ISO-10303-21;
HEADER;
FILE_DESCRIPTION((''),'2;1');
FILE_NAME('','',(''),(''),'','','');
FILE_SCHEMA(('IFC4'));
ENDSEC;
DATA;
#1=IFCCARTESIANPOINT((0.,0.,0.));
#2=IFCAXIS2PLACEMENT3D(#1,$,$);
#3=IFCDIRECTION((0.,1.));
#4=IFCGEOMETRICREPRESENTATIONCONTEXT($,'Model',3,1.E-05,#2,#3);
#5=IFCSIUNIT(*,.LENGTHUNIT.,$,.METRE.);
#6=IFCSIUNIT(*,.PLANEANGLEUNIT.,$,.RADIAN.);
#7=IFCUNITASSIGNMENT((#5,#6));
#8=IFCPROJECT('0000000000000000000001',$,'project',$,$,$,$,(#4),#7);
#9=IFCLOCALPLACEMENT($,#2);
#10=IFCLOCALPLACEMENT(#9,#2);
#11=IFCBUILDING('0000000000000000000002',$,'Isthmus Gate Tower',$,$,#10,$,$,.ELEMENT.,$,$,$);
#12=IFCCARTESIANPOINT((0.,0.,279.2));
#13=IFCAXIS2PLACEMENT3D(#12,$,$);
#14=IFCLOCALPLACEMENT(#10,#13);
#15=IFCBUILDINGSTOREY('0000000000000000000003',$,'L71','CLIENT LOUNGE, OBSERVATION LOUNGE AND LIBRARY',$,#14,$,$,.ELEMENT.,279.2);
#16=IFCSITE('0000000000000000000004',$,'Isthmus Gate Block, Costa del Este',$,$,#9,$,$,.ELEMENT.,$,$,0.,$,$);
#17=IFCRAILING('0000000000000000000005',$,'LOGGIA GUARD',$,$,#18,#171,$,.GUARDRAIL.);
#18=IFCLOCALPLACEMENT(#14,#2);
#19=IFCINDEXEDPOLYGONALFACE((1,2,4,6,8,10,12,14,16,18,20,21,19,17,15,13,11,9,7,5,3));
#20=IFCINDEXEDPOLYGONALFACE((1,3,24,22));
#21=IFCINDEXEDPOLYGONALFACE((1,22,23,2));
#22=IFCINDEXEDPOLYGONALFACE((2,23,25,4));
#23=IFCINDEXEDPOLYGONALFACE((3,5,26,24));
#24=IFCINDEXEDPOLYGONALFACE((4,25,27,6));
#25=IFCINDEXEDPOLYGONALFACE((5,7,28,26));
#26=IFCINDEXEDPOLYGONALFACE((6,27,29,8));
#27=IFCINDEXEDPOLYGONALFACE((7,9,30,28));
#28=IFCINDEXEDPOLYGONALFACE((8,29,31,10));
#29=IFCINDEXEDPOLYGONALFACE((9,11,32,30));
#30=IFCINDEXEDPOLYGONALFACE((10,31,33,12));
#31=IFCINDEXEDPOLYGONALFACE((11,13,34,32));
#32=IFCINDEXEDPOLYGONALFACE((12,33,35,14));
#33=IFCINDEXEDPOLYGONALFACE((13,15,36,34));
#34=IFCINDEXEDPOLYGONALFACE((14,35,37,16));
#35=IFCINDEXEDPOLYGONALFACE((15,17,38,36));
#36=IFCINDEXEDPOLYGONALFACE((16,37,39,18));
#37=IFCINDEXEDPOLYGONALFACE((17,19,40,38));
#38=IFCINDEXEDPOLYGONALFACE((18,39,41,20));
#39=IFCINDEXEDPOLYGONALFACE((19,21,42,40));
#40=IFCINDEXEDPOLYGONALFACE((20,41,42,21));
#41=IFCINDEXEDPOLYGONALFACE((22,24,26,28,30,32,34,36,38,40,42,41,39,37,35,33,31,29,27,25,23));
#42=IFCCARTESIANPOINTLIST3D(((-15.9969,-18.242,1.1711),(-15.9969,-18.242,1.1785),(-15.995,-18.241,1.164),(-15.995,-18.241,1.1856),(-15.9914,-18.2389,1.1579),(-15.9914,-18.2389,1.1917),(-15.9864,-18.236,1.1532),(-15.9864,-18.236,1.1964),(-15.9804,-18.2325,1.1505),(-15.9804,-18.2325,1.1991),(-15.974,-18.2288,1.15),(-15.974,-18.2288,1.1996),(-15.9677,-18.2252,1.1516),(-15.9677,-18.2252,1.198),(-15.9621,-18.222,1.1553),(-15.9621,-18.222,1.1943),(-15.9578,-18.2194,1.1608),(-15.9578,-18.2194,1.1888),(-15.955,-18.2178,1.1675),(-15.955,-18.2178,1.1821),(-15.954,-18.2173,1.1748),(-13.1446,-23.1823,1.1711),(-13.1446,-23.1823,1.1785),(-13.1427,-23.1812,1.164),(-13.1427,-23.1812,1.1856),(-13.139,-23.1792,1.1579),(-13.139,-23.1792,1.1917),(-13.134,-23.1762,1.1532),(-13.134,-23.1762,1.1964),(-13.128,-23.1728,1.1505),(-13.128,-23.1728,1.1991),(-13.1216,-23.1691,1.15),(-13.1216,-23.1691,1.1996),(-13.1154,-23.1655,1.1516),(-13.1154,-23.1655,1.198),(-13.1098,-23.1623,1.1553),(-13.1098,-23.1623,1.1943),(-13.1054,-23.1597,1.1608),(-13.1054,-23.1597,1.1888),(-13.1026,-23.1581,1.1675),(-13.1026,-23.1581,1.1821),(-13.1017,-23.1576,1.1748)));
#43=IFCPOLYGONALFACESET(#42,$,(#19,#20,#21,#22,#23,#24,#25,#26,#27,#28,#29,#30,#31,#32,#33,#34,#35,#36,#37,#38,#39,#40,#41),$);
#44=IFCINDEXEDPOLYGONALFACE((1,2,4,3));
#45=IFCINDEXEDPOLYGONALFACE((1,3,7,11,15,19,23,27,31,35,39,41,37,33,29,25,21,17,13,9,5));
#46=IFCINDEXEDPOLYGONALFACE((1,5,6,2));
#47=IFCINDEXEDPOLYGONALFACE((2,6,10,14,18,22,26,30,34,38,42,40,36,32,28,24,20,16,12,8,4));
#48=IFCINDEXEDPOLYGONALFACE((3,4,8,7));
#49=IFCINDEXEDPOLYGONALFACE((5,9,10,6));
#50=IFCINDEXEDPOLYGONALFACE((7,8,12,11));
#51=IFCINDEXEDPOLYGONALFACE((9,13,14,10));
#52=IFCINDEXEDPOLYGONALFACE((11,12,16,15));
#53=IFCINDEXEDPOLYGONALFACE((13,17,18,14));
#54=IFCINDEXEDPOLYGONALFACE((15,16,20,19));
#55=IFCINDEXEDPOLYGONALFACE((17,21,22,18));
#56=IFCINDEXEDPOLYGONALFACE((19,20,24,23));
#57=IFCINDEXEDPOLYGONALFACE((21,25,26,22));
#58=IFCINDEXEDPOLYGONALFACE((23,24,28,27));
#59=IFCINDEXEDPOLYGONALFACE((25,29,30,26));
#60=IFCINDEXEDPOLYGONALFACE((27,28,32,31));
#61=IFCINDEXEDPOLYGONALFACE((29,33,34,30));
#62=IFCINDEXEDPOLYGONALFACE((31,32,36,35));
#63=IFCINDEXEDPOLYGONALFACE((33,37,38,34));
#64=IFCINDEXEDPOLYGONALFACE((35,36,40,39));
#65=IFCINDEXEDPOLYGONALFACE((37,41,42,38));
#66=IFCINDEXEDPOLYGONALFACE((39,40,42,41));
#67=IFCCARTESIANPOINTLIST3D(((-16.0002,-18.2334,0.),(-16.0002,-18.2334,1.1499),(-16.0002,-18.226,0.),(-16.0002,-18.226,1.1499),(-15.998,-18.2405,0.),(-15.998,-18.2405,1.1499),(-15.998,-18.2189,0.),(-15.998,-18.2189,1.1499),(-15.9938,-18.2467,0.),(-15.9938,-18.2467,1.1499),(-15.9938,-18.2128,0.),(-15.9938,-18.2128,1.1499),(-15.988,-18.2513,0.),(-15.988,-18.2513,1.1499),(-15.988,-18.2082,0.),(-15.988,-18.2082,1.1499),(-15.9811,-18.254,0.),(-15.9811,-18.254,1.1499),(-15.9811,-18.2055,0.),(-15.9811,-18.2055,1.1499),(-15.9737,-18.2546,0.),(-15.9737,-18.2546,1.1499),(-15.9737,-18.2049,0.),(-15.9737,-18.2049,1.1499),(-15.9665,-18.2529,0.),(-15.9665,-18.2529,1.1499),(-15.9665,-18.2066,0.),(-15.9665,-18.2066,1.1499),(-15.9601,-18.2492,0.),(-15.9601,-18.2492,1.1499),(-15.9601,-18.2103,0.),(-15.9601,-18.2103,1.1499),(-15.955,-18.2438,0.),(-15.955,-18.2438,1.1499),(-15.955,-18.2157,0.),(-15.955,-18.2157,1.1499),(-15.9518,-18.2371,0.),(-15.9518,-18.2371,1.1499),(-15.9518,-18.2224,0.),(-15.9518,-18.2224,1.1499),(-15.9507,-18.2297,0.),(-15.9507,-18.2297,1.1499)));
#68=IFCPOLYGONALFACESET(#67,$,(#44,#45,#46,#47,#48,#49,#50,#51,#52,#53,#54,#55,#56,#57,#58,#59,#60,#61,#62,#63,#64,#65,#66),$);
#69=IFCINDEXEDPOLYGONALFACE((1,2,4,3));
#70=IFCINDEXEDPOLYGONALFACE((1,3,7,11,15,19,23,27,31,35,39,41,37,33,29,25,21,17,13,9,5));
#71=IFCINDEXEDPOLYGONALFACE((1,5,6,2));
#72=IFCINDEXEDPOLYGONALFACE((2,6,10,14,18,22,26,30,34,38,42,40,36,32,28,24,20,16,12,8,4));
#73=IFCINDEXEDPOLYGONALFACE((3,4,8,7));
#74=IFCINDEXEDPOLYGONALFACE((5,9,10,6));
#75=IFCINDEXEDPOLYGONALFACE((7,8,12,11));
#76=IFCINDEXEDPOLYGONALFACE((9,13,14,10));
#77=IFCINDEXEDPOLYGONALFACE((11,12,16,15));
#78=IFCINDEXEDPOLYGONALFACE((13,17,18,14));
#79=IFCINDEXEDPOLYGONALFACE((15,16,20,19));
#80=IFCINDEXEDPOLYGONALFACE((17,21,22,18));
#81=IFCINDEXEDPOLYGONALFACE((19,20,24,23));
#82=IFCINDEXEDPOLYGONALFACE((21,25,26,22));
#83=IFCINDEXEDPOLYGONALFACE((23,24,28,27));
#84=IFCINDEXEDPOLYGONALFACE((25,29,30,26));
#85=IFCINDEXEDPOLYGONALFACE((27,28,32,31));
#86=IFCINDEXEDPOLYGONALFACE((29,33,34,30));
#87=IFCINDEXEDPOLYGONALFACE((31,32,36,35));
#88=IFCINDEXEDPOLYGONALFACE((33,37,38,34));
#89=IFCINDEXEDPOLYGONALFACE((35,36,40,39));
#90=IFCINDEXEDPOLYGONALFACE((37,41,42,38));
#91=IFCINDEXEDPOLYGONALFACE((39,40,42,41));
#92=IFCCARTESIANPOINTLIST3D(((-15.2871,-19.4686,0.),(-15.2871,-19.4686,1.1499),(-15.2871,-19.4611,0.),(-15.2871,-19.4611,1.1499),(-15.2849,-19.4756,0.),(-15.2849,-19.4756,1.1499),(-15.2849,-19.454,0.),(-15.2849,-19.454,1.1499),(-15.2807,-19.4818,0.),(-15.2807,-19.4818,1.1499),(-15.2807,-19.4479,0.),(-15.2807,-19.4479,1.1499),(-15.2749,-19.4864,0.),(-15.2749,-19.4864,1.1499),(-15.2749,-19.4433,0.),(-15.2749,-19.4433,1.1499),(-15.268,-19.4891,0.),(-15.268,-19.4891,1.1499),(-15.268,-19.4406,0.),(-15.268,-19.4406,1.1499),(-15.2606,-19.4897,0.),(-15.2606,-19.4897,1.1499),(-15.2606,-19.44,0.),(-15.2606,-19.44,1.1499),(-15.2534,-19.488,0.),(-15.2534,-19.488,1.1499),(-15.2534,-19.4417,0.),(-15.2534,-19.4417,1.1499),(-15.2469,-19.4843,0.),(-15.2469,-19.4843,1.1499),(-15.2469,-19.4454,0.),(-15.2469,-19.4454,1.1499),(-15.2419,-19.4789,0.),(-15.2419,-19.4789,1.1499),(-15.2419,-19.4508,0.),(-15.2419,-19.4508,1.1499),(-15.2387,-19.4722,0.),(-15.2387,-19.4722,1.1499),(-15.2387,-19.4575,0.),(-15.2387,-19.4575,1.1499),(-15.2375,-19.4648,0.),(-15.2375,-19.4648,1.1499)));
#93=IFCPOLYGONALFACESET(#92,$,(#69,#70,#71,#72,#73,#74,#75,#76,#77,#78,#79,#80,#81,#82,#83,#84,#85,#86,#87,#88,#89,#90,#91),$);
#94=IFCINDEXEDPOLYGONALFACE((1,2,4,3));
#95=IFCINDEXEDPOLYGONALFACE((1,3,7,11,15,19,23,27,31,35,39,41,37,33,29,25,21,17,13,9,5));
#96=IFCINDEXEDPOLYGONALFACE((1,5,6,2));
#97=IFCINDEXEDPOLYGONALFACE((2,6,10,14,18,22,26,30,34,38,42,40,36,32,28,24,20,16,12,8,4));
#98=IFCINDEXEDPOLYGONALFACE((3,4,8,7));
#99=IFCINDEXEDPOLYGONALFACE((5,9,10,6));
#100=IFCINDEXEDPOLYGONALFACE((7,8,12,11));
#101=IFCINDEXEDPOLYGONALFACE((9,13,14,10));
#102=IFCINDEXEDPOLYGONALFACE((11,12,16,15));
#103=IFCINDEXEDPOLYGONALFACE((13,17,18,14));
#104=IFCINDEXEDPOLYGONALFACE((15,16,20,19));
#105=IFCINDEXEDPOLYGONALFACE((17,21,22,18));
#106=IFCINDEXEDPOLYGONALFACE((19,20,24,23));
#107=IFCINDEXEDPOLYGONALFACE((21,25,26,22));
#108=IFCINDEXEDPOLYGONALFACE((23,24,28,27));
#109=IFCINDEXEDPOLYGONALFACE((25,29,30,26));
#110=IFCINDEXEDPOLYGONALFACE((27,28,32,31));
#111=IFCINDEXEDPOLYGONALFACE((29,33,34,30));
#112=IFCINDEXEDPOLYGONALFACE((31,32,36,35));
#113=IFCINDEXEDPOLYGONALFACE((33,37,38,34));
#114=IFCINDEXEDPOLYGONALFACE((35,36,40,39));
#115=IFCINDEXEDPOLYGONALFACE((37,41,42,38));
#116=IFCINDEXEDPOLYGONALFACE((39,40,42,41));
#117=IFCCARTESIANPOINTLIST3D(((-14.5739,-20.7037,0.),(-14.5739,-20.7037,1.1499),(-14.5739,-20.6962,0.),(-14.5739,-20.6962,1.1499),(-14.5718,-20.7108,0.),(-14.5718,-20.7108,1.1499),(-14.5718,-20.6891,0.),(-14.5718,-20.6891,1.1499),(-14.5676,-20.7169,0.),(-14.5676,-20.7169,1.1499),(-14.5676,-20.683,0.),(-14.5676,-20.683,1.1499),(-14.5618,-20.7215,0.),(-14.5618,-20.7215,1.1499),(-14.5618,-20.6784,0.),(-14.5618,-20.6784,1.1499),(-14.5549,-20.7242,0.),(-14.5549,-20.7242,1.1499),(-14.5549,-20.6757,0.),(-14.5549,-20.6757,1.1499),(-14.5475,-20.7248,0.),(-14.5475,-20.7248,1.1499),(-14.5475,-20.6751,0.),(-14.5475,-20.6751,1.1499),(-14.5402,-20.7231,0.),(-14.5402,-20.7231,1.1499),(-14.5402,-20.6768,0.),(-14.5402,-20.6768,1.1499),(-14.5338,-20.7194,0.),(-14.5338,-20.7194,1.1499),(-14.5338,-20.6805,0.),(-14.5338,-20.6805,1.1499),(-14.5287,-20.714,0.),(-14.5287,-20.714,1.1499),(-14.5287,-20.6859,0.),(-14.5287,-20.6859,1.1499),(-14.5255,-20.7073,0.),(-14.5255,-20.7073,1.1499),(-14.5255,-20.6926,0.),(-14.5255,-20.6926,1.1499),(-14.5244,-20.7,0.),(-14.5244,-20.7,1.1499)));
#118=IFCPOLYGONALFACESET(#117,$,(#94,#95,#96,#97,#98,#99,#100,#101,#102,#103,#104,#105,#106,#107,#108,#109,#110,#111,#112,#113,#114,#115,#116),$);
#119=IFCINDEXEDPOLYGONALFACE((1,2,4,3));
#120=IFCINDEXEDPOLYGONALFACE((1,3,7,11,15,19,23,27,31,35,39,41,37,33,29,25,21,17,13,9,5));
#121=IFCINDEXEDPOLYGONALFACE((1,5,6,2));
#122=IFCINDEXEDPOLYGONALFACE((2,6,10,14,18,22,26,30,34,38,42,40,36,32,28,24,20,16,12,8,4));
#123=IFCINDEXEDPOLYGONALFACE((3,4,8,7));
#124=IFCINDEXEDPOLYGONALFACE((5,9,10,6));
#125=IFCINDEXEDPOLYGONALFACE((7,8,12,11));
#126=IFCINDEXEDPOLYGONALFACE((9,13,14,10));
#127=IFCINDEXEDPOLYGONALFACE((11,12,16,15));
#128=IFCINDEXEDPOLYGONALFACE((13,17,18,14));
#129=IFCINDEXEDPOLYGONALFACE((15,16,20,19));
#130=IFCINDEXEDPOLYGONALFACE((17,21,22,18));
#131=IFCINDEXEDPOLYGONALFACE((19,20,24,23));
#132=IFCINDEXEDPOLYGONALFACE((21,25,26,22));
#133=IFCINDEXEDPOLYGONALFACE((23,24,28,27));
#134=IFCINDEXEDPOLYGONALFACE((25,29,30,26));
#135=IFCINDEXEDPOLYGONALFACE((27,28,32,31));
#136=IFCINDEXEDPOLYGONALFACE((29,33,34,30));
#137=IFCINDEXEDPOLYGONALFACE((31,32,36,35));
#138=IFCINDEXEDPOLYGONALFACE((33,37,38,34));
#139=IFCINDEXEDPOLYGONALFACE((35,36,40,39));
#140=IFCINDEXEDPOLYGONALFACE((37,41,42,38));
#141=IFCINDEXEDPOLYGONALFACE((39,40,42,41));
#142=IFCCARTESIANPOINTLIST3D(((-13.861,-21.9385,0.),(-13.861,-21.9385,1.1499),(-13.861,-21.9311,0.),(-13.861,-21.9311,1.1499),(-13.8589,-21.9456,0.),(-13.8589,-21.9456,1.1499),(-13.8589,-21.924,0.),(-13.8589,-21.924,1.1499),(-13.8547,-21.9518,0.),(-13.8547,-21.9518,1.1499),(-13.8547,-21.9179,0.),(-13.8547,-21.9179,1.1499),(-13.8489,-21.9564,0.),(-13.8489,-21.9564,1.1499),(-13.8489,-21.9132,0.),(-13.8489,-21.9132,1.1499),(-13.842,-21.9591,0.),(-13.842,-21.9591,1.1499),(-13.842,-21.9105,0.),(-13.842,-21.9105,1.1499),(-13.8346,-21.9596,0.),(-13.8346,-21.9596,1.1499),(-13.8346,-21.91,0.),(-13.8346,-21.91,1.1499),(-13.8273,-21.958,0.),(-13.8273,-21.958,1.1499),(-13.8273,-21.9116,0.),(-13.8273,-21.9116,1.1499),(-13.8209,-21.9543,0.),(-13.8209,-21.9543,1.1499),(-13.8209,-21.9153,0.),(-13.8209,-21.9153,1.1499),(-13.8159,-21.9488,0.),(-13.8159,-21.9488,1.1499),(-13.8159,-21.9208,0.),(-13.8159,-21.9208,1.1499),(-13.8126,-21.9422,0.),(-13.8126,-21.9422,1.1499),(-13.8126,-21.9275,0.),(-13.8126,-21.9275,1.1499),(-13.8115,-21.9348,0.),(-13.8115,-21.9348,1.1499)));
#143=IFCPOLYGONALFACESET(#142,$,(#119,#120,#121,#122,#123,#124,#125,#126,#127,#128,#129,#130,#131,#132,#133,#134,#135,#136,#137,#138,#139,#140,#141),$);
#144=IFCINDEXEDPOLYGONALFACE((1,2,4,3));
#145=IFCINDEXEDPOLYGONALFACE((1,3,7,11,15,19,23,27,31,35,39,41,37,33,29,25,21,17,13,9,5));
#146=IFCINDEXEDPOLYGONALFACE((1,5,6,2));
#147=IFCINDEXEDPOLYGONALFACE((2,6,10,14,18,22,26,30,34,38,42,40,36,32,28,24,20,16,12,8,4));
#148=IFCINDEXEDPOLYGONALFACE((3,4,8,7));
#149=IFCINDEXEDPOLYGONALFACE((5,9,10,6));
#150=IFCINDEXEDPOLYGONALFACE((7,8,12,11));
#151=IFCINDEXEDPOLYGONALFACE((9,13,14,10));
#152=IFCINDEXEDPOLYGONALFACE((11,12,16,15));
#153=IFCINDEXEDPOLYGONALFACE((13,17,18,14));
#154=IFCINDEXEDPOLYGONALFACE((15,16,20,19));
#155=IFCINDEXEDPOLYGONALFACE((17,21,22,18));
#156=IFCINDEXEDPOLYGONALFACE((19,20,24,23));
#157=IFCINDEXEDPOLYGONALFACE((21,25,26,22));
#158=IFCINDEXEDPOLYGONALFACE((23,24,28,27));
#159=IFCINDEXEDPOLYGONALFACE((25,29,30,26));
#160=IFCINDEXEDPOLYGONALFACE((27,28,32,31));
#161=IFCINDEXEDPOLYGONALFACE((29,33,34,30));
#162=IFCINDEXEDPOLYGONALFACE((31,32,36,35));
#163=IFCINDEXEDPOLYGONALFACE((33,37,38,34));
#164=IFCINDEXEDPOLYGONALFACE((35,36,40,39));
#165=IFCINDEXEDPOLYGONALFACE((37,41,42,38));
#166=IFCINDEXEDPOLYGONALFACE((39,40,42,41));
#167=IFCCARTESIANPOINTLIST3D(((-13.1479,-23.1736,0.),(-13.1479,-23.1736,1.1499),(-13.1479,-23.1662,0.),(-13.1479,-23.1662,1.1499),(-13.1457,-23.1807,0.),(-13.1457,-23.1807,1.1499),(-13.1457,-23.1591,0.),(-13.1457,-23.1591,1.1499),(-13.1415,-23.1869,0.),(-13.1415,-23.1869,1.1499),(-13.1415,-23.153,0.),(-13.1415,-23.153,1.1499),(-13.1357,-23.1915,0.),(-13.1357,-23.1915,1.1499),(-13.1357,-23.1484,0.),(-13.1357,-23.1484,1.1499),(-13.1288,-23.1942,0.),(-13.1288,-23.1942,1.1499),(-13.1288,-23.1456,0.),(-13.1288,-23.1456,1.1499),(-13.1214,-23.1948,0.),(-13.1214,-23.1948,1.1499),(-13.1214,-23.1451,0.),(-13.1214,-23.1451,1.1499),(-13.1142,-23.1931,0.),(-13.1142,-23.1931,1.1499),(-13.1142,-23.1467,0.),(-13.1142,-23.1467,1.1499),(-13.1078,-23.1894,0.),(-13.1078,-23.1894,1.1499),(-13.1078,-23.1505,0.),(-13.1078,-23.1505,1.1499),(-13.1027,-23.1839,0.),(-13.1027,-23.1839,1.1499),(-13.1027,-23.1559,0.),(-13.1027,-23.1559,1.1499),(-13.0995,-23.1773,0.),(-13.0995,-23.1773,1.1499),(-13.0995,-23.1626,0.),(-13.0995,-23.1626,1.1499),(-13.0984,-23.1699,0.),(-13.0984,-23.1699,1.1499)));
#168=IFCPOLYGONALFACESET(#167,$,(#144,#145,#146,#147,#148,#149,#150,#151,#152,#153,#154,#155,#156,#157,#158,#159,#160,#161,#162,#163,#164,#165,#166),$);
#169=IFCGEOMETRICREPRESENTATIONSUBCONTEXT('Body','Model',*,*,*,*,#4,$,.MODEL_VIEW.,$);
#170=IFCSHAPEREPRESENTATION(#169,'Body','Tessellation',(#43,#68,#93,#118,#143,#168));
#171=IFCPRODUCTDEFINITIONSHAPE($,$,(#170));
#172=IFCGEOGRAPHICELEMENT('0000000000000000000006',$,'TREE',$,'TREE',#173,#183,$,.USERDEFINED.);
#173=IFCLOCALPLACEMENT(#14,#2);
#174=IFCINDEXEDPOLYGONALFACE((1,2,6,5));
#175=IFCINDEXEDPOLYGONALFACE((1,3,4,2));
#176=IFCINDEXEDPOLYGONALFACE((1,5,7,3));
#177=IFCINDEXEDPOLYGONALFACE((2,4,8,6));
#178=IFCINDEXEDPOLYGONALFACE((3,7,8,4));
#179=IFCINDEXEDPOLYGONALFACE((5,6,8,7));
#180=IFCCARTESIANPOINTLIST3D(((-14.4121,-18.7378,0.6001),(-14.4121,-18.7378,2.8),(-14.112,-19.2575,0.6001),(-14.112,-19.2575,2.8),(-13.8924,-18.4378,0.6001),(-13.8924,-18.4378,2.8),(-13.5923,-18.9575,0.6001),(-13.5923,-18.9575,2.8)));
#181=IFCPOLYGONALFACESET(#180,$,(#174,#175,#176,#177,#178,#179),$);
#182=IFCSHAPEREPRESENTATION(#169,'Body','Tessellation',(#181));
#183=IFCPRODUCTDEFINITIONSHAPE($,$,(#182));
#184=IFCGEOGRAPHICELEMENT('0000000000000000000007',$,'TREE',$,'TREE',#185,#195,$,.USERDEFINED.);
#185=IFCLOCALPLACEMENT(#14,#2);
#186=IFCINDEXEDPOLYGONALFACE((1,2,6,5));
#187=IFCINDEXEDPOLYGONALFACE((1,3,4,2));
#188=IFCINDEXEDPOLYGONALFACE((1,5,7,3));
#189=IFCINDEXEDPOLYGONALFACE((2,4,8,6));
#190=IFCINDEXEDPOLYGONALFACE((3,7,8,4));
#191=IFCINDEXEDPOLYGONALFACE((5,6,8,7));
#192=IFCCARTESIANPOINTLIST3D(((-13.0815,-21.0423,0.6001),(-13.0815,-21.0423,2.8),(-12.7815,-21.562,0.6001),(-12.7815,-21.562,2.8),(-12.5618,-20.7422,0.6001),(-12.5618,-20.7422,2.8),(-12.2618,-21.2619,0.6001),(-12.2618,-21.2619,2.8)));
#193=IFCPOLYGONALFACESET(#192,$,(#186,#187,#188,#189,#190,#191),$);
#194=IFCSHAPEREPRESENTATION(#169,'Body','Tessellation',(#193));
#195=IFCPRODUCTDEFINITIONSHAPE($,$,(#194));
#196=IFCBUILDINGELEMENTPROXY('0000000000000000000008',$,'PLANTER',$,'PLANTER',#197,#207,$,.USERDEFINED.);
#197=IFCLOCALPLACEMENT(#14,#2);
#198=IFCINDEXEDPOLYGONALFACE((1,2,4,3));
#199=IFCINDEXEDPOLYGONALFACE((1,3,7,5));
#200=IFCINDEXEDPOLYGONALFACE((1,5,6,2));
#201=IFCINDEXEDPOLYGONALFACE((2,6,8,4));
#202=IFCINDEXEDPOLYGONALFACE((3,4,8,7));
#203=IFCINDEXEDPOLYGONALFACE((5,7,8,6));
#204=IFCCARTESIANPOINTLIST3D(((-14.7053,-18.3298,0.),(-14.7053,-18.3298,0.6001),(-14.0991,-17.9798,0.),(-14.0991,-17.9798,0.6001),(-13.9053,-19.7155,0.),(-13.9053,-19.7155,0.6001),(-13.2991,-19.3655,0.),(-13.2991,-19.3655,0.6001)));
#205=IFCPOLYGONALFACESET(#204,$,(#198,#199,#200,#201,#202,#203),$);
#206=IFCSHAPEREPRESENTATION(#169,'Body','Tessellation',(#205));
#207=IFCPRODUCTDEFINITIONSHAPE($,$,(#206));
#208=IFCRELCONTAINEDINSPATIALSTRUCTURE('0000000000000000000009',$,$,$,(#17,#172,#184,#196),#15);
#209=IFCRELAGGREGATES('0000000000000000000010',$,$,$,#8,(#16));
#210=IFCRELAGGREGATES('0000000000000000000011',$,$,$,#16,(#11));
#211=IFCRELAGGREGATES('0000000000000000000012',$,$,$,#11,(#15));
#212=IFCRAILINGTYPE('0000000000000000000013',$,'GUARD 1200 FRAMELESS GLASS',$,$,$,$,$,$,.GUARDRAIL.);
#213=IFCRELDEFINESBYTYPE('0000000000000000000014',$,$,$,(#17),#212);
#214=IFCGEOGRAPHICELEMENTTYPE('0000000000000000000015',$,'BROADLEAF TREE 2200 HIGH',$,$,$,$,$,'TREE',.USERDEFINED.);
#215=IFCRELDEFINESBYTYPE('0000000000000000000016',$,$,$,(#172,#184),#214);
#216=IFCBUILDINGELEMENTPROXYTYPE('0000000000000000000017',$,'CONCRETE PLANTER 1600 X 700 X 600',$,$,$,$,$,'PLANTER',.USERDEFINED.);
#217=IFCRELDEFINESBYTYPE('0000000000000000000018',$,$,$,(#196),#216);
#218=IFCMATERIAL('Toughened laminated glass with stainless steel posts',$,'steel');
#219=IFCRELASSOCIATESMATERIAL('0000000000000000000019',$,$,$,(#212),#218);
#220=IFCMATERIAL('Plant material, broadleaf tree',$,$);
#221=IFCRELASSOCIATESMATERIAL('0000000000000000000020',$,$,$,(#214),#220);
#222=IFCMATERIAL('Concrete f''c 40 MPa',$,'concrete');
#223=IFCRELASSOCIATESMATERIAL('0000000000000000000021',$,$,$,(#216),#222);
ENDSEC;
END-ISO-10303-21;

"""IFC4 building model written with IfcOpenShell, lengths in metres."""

from ifc_helpers import new_model, si_unit, direction, frame, origin, origin_2d, place, context, subcontext, project, spatial, rectangle, circle, extrude, material, type_object, element, save


model = new_model("IFC4")

# Units and contexts
model_context = context("Model", 3, precision=1e-05, world=origin(), true_north=direction((0.0, 1.0)))
body_context = subcontext(model_context, "Body", "Model", "MODEL_VIEW")
ifc_project = project(units=[si_unit("LENGTHUNIT", "METRE"), si_unit("PLANEANGLEUNIT", "RADIAN")], contexts=[model_context])

# Site, building, storey
site_placement = place(None, origin())
site = spatial("IfcSite", under=ifc_project, at=site_placement, Name="Isthmus Gate Block, Costa del Este", CompositionType="ELEMENT", RefElevation=0.0)
building_placement = place(site_placement, origin())
building = spatial("IfcBuilding", under=site, at=building_placement, Name="Isthmus Gate Tower", CompositionType="ELEMENT")
storey_placement = place(building_placement, frame((0.0, 0.0, 279.2)))
storey = spatial("IfcBuildingStorey", under=building, at=storey_placement, Name="L71", Description="CLIENT LOUNGE, OBSERVATION LOUNGE AND LIBRARY", CompositionType="ELEMENT", Elevation=279.2)

# Railing
ifc_material_1 = material(Name="Toughened laminated glass with stainless steel posts", Category="steel")
railing_type = type_object("IfcRailingType", Name="GUARD 1200 FRAMELESS GLASS", PredefinedType="GUARDRAIL", material=ifc_material_1)
railing_placement = place(storey_placement, frame((-15.9756, -18.2297, 0.0)))
element("IfcRailing", 1, at=railing_placement, inside=storey, type_object=railing_type, Name="LOGGIA GUARD", PredefinedType="GUARDRAIL", context=body_context, shape_type="SweptSolid", body=[
    extrude(circle(Radius=0.0249, at=origin_2d()), frame((0.0, 0.0, 1.1748), z_axis=(0.50001, -0.86602, 0.0), x_axis=(0.86602, 0.50001, 0.0)), (0.0, 0.0, 1.0), 5.7046),
    extrude(circle(Radius=0.0249, at=origin_2d()), origin(), (0.0, 0.0, 1.0), 1.1499),
    extrude(circle(Radius=0.0249, at=origin_2d()), frame((0.7131, -1.2351, 0.0)), (0.0, 0.0, 1.0), 1.1499),
    extrude(circle(Radius=0.0249, at=origin_2d()), frame((1.4263, -2.4702, 0.0)), (0.0, 0.0, 1.0), 1.1499),
    extrude(circle(Radius=0.0249, at=origin_2d()), frame((2.1392, -3.7051, 0.0)), (0.0, 0.0, 1.0), 1.1499),
    extrude(circle(Radius=0.0249, at=origin_2d()), frame((2.8523, -4.9402, 0.0)), (0.0, 0.0, 1.0), 1.1499),
])

# Geographic elements
ifc_material_2 = material(Name="Plant material, broadleaf tree")
geographic_element_type = type_object("IfcGeographicElementType", Name="BROADLEAF TREE 2200 HIGH", ElementType="TREE", PredefinedType="USERDEFINED", material=ifc_material_2)
for number, where, z_axis, x_axis, name in (
    (2, (-14.0022, -18.8477, 0.6001), (0.0, 0.0, 1.0), (0.5, -0.866025, 0.0), "TREE"),
    (3, (-12.6716, -21.1521, 0.6001), (0.0, 0.0, 1.0), (0.5, -0.866025, 0.0), "TREE"),
):
    element("IfcGeographicElement", number, at=place(storey_placement, frame(where, z_axis=z_axis, x_axis=x_axis)), inside=storey, type_object=geographic_element_type, Name=name, ObjectType="TREE", PredefinedType="USERDEFINED", context=body_context, shape_type="SweptSolid", body=[
        extrude(rectangle(XDim=0.6001, YDim=0.6001, at=origin_2d()), origin(), (0.0, 0.0, 1.0), 2.2),
    ])

# Building element proxy
ifc_material_3 = material(Name="Concrete f'c 40 MPa", Category="concrete")
building_element_proxy_type = type_object("IfcBuildingElementProxyType", Name="CONCRETE PLANTER 1600 X 700 X 600", ElementType="PLANTER", PredefinedType="USERDEFINED", material=ifc_material_3)
for number, where, z_axis, x_axis, name in (
    (4, (-14.0022, -18.8477, 0.0), (0.0, 0.0, 1.0), (0.5, -0.866025, 0.0), "PLANTER"),
):
    element("IfcBuildingElementProxy", number, at=place(storey_placement, frame(where, z_axis=z_axis, x_axis=x_axis)), inside=storey, type_object=building_element_proxy_type, Name=name, ObjectType="PLANTER", PredefinedType="USERDEFINED", context=body_context, shape_type="SweptSolid", body=[
        extrude(rectangle(XDim=1.6001, YDim=0.7, at=origin_2d()), origin(), (0.0, 0.0, 1.0), 0.6001),
    ])

save(model, "model.ifc")
